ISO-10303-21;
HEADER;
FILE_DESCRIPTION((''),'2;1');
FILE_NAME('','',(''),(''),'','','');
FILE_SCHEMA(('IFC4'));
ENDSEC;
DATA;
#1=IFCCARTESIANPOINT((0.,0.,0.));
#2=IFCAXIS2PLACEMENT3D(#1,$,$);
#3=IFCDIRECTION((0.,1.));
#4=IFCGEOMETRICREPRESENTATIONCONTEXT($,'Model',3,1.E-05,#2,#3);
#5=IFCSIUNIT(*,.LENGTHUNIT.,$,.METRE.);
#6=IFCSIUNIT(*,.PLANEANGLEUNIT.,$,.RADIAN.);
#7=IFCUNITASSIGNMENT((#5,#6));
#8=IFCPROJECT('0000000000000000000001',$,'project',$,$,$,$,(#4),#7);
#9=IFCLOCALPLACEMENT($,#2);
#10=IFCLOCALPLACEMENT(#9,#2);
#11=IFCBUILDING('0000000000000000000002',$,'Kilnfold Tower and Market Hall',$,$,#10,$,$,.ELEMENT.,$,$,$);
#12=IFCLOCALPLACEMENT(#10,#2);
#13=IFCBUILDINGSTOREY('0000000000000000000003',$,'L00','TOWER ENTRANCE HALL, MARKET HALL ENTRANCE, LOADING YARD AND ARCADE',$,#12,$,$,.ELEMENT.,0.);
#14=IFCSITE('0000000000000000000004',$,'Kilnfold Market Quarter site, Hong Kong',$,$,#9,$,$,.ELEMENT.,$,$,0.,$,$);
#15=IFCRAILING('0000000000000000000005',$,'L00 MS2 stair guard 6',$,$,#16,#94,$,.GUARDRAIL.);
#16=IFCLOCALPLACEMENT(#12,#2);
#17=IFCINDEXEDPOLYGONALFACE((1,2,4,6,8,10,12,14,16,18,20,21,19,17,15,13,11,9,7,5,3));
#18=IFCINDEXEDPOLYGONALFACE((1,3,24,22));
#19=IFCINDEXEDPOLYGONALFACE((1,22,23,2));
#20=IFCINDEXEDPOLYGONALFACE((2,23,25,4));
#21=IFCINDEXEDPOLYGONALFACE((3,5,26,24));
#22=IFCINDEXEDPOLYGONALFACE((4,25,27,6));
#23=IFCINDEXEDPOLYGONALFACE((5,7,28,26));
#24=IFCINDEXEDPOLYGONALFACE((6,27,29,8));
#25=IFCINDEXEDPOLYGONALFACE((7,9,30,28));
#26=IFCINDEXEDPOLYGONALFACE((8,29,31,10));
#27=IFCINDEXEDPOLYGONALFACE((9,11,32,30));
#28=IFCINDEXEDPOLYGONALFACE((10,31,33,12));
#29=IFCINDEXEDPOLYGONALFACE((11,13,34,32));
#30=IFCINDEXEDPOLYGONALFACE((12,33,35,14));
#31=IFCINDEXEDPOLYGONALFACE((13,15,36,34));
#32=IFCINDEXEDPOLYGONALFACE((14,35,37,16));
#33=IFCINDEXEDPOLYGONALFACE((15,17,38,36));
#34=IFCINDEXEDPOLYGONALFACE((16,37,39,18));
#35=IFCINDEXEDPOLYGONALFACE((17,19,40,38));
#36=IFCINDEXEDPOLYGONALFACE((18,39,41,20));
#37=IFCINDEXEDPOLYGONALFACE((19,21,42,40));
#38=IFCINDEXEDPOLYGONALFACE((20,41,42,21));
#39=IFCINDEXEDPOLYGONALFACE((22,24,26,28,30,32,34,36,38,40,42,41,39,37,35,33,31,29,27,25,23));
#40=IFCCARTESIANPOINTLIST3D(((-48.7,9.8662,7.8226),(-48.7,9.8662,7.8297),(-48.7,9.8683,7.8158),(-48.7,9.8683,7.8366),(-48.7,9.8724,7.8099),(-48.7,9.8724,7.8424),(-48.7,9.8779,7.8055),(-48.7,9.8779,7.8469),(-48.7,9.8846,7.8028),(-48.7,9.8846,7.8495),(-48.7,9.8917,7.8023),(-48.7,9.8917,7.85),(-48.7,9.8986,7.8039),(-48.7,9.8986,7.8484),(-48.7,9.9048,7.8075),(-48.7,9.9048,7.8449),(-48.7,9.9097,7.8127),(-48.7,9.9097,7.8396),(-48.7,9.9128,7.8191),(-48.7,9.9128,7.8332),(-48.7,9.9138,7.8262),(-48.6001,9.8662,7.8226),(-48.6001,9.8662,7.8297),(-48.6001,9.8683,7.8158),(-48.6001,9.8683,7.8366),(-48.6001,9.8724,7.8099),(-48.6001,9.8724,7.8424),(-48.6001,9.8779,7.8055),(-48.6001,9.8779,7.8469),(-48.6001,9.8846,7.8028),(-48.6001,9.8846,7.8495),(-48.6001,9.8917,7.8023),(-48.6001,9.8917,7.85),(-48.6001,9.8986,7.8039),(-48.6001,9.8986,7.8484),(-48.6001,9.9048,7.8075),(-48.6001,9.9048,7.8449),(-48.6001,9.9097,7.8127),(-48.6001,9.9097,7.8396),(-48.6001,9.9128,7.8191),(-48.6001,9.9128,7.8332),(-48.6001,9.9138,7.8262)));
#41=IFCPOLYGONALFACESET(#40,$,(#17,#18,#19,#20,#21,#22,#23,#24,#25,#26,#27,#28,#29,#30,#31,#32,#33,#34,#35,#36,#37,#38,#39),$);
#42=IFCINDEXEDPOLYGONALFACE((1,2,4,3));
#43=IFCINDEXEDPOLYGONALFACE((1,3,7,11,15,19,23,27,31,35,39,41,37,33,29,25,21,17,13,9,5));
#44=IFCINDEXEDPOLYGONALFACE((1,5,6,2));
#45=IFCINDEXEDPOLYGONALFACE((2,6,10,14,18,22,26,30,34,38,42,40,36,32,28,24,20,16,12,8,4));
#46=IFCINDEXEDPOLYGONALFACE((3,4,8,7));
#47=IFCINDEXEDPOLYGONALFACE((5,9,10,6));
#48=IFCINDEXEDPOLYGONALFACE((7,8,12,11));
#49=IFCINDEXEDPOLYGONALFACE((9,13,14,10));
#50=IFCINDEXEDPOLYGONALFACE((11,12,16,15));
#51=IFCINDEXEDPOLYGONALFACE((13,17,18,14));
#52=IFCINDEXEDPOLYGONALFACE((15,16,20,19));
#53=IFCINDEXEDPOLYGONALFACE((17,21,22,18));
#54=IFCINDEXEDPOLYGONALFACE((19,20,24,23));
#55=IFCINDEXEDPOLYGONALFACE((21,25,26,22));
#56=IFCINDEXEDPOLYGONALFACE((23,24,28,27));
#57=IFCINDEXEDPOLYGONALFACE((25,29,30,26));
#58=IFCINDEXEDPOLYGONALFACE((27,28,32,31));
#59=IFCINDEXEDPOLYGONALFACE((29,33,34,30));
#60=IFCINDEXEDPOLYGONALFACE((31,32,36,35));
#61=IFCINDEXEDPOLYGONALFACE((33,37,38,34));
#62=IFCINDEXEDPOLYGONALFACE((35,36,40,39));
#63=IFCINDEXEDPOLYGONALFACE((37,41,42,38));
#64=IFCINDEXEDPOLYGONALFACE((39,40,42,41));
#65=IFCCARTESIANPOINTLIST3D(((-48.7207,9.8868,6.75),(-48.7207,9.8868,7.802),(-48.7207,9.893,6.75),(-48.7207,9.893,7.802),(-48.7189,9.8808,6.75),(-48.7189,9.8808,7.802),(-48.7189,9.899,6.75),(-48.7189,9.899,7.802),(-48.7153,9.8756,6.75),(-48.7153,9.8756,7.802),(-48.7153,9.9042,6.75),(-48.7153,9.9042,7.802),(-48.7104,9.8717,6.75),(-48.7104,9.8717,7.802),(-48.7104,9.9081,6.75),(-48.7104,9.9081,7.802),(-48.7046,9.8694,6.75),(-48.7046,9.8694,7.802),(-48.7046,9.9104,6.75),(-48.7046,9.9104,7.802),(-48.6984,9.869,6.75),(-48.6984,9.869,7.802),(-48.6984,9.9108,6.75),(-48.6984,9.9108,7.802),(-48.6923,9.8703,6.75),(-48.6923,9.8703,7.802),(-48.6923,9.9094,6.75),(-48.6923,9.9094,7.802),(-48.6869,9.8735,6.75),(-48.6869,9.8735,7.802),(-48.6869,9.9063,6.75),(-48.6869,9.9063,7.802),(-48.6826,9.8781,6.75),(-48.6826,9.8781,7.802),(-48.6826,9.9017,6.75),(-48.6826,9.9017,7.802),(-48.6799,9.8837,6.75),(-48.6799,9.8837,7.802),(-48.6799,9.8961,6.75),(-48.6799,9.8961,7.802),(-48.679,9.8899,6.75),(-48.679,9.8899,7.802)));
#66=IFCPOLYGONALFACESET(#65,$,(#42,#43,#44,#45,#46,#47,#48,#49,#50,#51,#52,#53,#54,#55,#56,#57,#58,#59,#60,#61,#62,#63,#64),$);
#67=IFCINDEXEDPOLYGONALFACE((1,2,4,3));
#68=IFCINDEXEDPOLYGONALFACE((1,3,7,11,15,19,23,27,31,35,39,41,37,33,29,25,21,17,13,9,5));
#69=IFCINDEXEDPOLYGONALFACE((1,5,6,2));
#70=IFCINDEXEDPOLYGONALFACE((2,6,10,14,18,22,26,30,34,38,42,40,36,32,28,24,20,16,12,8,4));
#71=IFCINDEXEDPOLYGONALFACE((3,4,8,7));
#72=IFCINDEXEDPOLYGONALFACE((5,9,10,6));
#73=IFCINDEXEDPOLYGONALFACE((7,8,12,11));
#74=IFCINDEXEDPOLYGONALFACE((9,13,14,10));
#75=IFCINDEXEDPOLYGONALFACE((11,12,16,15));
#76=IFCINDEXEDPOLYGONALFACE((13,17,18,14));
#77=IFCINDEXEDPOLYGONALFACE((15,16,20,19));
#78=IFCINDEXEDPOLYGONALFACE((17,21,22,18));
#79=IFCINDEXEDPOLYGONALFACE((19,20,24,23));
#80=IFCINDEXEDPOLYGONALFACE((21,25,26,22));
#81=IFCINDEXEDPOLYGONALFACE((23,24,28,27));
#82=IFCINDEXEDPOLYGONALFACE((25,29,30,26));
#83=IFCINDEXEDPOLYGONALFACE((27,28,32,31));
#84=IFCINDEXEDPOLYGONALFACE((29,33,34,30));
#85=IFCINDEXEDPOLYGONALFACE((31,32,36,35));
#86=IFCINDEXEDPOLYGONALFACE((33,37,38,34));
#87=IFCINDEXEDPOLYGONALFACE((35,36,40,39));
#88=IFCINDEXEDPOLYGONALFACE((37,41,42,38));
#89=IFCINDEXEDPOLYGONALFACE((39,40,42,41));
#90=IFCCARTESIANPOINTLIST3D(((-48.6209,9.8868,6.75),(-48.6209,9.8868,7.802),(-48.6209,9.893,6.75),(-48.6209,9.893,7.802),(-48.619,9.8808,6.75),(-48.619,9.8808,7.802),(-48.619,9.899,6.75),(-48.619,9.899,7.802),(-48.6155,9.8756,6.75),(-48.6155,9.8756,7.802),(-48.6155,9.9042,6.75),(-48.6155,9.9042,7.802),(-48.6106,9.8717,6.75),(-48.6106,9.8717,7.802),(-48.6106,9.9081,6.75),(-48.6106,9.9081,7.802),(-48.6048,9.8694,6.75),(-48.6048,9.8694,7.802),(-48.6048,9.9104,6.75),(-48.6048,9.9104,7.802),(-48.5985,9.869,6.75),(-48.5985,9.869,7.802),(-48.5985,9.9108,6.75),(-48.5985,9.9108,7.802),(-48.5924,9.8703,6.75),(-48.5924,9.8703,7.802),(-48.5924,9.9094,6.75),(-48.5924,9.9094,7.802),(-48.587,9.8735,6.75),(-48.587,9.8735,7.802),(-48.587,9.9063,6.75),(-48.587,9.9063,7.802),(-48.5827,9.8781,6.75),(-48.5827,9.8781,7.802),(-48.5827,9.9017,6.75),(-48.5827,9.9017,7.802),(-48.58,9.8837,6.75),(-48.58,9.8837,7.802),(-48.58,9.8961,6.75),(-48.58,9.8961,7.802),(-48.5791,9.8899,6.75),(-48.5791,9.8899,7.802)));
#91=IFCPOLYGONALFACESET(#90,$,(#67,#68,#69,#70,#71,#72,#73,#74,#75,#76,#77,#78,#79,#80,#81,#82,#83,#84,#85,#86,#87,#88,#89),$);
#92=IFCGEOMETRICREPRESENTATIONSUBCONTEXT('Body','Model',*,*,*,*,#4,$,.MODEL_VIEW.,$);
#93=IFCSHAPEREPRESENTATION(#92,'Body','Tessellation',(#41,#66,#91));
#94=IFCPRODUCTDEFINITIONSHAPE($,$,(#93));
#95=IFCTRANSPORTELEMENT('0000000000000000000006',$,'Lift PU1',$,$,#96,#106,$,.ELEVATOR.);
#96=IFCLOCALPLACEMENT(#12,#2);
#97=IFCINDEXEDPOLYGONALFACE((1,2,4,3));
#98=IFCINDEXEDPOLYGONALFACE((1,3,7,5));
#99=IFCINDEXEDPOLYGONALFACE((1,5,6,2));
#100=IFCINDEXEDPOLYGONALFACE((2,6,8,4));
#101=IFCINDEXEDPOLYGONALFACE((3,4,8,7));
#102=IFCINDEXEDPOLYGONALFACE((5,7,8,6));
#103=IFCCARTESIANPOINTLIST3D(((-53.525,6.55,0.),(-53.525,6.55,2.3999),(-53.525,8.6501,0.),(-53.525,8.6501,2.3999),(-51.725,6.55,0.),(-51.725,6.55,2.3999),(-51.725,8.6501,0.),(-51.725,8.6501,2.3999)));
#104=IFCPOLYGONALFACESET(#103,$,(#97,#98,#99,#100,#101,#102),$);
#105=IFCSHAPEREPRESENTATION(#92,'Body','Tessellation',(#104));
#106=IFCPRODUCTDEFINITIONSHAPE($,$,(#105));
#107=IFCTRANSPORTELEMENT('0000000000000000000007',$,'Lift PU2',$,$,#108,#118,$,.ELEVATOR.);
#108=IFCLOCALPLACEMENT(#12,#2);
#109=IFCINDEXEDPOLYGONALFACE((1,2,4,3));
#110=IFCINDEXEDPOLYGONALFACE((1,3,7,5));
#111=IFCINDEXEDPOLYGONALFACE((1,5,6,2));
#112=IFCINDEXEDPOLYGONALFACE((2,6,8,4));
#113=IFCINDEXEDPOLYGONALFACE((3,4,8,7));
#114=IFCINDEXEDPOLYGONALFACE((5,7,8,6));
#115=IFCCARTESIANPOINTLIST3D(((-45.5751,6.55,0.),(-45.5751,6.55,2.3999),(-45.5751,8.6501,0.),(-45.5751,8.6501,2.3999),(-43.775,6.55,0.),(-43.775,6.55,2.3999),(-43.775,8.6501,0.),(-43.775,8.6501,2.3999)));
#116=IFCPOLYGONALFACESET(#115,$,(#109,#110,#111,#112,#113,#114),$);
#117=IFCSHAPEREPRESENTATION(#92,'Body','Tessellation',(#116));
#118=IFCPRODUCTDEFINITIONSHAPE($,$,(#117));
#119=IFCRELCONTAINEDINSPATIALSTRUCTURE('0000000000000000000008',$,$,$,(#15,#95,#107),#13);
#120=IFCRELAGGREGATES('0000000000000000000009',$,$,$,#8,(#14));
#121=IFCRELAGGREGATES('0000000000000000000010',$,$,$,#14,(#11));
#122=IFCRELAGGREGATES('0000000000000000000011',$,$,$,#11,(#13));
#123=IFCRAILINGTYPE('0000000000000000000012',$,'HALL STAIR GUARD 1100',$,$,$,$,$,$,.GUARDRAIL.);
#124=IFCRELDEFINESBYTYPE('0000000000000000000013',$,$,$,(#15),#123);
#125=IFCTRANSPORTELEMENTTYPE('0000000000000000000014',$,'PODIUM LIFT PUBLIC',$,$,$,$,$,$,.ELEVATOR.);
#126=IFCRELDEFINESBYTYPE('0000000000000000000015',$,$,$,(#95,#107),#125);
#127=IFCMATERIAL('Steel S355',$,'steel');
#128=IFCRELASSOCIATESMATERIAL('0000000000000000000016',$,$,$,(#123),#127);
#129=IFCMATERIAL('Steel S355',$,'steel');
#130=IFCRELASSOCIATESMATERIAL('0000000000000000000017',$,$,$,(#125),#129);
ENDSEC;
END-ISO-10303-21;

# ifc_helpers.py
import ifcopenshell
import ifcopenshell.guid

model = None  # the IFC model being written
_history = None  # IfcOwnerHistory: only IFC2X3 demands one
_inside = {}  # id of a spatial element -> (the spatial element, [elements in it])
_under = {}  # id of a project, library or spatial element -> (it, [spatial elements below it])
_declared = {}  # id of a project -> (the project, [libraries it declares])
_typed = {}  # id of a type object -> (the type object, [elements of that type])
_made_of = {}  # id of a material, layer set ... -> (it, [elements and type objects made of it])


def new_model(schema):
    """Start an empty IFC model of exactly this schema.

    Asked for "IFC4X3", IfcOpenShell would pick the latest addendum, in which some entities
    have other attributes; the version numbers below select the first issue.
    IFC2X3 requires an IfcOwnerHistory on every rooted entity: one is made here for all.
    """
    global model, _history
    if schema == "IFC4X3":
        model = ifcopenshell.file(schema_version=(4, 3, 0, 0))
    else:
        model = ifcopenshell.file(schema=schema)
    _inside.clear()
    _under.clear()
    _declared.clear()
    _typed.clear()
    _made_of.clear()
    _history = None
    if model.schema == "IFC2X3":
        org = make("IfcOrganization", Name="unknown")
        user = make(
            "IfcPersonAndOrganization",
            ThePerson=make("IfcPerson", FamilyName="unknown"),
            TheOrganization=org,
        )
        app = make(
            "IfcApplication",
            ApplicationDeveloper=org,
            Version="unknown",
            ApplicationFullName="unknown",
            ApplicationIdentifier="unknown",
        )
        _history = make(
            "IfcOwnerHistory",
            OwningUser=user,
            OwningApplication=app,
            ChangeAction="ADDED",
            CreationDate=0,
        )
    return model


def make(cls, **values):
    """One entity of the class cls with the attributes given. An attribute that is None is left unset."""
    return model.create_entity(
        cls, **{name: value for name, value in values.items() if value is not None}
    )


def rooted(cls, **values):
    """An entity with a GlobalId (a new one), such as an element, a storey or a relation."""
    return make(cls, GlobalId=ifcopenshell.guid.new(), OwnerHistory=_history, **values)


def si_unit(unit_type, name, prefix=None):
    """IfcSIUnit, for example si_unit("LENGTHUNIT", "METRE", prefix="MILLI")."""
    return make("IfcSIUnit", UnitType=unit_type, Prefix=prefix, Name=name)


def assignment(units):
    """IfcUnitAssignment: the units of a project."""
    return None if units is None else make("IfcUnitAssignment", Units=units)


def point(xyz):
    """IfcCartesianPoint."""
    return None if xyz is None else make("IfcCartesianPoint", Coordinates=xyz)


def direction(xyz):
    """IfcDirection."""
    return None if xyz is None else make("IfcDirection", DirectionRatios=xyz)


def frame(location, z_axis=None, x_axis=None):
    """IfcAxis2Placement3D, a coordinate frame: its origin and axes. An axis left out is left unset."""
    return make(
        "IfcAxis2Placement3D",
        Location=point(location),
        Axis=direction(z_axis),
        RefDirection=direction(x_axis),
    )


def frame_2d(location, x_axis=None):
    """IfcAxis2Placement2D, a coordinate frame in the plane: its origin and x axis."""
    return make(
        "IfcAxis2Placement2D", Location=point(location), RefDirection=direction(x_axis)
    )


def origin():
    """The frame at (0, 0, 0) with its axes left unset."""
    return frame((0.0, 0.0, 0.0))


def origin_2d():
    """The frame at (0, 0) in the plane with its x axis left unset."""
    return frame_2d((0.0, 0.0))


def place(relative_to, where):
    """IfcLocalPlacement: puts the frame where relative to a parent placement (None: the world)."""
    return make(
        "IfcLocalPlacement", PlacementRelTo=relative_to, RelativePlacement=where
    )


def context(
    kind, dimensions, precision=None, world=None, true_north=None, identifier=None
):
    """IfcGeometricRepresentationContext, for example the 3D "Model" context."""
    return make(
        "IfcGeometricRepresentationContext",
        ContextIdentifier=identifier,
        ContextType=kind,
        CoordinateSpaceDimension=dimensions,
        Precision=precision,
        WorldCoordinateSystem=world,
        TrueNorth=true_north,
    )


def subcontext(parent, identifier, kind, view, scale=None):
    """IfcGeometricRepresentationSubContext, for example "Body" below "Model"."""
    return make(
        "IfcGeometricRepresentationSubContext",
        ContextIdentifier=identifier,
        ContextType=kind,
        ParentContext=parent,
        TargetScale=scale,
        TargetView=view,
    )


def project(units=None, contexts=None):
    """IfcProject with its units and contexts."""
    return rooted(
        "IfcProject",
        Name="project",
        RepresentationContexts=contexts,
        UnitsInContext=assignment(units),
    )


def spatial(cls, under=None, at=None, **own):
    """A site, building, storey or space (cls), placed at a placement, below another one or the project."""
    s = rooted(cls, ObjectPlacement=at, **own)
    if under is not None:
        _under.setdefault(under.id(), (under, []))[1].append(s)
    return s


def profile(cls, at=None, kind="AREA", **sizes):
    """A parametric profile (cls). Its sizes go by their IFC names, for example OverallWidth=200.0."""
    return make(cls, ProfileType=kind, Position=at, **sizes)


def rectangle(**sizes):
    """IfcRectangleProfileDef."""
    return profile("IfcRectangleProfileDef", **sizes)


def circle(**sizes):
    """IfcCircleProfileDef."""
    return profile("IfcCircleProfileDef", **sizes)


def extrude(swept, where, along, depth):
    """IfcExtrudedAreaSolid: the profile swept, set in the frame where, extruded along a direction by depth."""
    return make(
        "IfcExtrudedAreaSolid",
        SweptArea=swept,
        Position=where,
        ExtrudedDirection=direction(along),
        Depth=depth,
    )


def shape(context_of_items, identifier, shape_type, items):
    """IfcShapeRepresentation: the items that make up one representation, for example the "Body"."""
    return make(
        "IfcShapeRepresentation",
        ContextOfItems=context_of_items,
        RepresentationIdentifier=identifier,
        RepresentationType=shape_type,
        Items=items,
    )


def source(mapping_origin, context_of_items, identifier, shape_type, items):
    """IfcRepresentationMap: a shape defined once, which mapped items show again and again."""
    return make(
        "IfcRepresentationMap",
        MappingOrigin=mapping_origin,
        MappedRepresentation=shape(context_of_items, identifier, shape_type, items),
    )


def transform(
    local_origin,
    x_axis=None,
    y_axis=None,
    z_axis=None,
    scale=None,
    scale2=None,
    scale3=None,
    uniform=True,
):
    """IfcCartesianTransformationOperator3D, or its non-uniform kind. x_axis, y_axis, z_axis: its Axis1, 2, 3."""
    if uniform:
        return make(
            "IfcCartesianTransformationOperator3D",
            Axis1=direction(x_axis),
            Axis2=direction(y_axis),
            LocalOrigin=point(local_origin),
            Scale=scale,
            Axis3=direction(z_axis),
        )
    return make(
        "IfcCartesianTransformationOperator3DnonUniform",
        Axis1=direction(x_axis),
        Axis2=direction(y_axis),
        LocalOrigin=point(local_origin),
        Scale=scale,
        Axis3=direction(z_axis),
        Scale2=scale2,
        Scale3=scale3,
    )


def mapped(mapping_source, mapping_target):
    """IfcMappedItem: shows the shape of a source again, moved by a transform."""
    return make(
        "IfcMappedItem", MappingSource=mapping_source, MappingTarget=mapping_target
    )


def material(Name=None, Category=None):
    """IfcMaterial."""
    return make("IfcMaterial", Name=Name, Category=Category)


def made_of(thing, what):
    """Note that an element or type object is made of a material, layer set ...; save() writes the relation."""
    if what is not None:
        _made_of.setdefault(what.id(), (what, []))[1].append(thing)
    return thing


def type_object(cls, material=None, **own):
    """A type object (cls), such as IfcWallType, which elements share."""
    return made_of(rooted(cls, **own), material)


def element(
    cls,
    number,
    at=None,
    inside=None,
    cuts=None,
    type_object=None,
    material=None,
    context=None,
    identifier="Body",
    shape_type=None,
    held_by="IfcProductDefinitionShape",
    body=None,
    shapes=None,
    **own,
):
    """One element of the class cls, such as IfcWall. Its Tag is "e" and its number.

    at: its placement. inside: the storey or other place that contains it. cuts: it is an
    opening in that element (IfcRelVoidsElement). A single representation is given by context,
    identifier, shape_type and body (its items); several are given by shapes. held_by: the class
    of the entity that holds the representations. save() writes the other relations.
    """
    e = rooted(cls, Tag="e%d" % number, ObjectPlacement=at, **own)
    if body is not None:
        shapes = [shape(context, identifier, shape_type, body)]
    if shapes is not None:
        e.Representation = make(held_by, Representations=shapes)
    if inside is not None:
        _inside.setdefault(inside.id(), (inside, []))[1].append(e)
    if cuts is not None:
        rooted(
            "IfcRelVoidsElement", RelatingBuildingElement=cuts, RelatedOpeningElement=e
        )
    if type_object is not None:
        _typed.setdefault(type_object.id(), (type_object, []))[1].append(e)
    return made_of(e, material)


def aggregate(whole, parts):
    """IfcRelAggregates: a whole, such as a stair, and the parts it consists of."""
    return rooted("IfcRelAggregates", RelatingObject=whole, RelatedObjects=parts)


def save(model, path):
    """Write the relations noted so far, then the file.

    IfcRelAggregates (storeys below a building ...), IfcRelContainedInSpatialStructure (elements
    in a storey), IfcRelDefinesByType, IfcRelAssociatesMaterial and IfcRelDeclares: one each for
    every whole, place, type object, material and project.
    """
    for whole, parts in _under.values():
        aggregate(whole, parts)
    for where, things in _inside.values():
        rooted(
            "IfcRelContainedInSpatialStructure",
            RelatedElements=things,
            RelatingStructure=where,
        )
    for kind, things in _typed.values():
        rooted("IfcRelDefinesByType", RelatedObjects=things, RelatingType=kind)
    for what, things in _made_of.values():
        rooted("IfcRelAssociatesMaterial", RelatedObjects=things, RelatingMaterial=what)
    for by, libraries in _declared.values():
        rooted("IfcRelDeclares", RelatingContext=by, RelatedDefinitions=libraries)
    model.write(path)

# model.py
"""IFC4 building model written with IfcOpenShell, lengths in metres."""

from ifc_helpers import new_model, si_unit, direction, frame, origin, origin_2d, place, context, subcontext, project, spatial, rectangle, circle, extrude, source, transform, mapped, material, type_object, element, save


model = new_model("IFC4")

# Units and contexts
model_context = context("Model", 3, precision=1e-05, world=origin(), true_north=direction((0.0, 1.0)))
body_context = subcontext(model_context, "Body", "Model", "MODEL_VIEW")
ifc_project = project(units=[si_unit("LENGTHUNIT", "METRE"), si_unit("PLANEANGLEUNIT", "RADIAN")], contexts=[model_context])

# Site, building, storey
site_placement = place(None, origin())
site = spatial("IfcSite", under=ifc_project, at=site_placement, Name="Kilnfold Market Quarter site, Hong Kong", CompositionType="ELEMENT", RefElevation=0.0)
building_placement = place(site_placement, origin())
building = spatial("IfcBuilding", under=site, at=building_placement, Name="Kilnfold Tower and Market Hall", CompositionType="ELEMENT")
storey_placement = place(building_placement, origin())
storey = spatial("IfcBuildingStorey", under=building, at=storey_placement, Name="L00", Description="TOWER ENTRANCE HALL, MARKET HALL ENTRANCE, LOADING YARD AND ARCADE", CompositionType="ELEMENT", Elevation=0.0)

# Railing
ifc_material_1 = material(Name="Steel S355", Category="steel")
railing_type = type_object("IfcRailingType", Name="HALL STAIR GUARD 1100", PredefinedType="GUARDRAIL", material=ifc_material_1)
for number, where, name in (
    (1, (-48.7, 9.8899, 6.75), "L00 MS2 stair guard 6"),
):
    element("IfcRailing", number, at=place(storey_placement, frame(where)), inside=storey, type_object=railing_type, Name=name, PredefinedType="GUARDRAIL", context=body_context, shape_type="SweptSolid", body=[
        extrude(circle(Radius=0.0239, at=origin_2d()), frame((0.0, 0.0, 1.0762), z_axis=(1.0, 0.0, 0.0), x_axis=(0.0, 1.0, 0.0)), (0.0, 0.0, 1.0), 0.0999),
        extrude(circle(Radius=0.021, at=origin_2d()), origin(), (0.0, 0.0, 1.0), 1.052),
        extrude(circle(Radius=0.021, at=origin_2d()), frame((0.0999, 0.0, 0.0)), (0.0, 0.0, 1.0), 1.052),
    ])

# Transport elements
ifc_material_2 = material(Name="Steel S355", Category="steel")
transport_element_type = type_object("IfcTransportElementType", Name="PODIUM LIFT PUBLIC", PredefinedType="ELEVATOR", material=ifc_material_2)
shared_shape_1 = source(origin(), body_context, "Body", "SweptSolid", [
    extrude(rectangle(XDim=1.8, YDim=2.1001, at=origin_2d()), origin(), (0.0, 0.0, 1.0), 2.3999),
])
for number, where, z_axis, x_axis, name in (
    (2, (-52.625, 7.6001, 0.0), (0.0, 0.0, 1.0), (1.0, 0.0, 0.0), "Lift PU1"),
    (3, (-44.675, 7.6001, 0.0), (0.0, 0.0, 1.0), (1.0, 0.0, 0.0), "Lift PU2"),
):
    element("IfcTransportElement", number, at=place(storey_placement, frame(where, z_axis=z_axis, x_axis=x_axis)), inside=storey, type_object=transport_element_type, Name=name, PredefinedType="ELEVATOR", context=body_context, shape_type="MappedRepresentation", body=[
        mapped(shared_shape_1, transform((0.0, 0.0, 0.0))),
    ])

save(model, "model.ifc")
